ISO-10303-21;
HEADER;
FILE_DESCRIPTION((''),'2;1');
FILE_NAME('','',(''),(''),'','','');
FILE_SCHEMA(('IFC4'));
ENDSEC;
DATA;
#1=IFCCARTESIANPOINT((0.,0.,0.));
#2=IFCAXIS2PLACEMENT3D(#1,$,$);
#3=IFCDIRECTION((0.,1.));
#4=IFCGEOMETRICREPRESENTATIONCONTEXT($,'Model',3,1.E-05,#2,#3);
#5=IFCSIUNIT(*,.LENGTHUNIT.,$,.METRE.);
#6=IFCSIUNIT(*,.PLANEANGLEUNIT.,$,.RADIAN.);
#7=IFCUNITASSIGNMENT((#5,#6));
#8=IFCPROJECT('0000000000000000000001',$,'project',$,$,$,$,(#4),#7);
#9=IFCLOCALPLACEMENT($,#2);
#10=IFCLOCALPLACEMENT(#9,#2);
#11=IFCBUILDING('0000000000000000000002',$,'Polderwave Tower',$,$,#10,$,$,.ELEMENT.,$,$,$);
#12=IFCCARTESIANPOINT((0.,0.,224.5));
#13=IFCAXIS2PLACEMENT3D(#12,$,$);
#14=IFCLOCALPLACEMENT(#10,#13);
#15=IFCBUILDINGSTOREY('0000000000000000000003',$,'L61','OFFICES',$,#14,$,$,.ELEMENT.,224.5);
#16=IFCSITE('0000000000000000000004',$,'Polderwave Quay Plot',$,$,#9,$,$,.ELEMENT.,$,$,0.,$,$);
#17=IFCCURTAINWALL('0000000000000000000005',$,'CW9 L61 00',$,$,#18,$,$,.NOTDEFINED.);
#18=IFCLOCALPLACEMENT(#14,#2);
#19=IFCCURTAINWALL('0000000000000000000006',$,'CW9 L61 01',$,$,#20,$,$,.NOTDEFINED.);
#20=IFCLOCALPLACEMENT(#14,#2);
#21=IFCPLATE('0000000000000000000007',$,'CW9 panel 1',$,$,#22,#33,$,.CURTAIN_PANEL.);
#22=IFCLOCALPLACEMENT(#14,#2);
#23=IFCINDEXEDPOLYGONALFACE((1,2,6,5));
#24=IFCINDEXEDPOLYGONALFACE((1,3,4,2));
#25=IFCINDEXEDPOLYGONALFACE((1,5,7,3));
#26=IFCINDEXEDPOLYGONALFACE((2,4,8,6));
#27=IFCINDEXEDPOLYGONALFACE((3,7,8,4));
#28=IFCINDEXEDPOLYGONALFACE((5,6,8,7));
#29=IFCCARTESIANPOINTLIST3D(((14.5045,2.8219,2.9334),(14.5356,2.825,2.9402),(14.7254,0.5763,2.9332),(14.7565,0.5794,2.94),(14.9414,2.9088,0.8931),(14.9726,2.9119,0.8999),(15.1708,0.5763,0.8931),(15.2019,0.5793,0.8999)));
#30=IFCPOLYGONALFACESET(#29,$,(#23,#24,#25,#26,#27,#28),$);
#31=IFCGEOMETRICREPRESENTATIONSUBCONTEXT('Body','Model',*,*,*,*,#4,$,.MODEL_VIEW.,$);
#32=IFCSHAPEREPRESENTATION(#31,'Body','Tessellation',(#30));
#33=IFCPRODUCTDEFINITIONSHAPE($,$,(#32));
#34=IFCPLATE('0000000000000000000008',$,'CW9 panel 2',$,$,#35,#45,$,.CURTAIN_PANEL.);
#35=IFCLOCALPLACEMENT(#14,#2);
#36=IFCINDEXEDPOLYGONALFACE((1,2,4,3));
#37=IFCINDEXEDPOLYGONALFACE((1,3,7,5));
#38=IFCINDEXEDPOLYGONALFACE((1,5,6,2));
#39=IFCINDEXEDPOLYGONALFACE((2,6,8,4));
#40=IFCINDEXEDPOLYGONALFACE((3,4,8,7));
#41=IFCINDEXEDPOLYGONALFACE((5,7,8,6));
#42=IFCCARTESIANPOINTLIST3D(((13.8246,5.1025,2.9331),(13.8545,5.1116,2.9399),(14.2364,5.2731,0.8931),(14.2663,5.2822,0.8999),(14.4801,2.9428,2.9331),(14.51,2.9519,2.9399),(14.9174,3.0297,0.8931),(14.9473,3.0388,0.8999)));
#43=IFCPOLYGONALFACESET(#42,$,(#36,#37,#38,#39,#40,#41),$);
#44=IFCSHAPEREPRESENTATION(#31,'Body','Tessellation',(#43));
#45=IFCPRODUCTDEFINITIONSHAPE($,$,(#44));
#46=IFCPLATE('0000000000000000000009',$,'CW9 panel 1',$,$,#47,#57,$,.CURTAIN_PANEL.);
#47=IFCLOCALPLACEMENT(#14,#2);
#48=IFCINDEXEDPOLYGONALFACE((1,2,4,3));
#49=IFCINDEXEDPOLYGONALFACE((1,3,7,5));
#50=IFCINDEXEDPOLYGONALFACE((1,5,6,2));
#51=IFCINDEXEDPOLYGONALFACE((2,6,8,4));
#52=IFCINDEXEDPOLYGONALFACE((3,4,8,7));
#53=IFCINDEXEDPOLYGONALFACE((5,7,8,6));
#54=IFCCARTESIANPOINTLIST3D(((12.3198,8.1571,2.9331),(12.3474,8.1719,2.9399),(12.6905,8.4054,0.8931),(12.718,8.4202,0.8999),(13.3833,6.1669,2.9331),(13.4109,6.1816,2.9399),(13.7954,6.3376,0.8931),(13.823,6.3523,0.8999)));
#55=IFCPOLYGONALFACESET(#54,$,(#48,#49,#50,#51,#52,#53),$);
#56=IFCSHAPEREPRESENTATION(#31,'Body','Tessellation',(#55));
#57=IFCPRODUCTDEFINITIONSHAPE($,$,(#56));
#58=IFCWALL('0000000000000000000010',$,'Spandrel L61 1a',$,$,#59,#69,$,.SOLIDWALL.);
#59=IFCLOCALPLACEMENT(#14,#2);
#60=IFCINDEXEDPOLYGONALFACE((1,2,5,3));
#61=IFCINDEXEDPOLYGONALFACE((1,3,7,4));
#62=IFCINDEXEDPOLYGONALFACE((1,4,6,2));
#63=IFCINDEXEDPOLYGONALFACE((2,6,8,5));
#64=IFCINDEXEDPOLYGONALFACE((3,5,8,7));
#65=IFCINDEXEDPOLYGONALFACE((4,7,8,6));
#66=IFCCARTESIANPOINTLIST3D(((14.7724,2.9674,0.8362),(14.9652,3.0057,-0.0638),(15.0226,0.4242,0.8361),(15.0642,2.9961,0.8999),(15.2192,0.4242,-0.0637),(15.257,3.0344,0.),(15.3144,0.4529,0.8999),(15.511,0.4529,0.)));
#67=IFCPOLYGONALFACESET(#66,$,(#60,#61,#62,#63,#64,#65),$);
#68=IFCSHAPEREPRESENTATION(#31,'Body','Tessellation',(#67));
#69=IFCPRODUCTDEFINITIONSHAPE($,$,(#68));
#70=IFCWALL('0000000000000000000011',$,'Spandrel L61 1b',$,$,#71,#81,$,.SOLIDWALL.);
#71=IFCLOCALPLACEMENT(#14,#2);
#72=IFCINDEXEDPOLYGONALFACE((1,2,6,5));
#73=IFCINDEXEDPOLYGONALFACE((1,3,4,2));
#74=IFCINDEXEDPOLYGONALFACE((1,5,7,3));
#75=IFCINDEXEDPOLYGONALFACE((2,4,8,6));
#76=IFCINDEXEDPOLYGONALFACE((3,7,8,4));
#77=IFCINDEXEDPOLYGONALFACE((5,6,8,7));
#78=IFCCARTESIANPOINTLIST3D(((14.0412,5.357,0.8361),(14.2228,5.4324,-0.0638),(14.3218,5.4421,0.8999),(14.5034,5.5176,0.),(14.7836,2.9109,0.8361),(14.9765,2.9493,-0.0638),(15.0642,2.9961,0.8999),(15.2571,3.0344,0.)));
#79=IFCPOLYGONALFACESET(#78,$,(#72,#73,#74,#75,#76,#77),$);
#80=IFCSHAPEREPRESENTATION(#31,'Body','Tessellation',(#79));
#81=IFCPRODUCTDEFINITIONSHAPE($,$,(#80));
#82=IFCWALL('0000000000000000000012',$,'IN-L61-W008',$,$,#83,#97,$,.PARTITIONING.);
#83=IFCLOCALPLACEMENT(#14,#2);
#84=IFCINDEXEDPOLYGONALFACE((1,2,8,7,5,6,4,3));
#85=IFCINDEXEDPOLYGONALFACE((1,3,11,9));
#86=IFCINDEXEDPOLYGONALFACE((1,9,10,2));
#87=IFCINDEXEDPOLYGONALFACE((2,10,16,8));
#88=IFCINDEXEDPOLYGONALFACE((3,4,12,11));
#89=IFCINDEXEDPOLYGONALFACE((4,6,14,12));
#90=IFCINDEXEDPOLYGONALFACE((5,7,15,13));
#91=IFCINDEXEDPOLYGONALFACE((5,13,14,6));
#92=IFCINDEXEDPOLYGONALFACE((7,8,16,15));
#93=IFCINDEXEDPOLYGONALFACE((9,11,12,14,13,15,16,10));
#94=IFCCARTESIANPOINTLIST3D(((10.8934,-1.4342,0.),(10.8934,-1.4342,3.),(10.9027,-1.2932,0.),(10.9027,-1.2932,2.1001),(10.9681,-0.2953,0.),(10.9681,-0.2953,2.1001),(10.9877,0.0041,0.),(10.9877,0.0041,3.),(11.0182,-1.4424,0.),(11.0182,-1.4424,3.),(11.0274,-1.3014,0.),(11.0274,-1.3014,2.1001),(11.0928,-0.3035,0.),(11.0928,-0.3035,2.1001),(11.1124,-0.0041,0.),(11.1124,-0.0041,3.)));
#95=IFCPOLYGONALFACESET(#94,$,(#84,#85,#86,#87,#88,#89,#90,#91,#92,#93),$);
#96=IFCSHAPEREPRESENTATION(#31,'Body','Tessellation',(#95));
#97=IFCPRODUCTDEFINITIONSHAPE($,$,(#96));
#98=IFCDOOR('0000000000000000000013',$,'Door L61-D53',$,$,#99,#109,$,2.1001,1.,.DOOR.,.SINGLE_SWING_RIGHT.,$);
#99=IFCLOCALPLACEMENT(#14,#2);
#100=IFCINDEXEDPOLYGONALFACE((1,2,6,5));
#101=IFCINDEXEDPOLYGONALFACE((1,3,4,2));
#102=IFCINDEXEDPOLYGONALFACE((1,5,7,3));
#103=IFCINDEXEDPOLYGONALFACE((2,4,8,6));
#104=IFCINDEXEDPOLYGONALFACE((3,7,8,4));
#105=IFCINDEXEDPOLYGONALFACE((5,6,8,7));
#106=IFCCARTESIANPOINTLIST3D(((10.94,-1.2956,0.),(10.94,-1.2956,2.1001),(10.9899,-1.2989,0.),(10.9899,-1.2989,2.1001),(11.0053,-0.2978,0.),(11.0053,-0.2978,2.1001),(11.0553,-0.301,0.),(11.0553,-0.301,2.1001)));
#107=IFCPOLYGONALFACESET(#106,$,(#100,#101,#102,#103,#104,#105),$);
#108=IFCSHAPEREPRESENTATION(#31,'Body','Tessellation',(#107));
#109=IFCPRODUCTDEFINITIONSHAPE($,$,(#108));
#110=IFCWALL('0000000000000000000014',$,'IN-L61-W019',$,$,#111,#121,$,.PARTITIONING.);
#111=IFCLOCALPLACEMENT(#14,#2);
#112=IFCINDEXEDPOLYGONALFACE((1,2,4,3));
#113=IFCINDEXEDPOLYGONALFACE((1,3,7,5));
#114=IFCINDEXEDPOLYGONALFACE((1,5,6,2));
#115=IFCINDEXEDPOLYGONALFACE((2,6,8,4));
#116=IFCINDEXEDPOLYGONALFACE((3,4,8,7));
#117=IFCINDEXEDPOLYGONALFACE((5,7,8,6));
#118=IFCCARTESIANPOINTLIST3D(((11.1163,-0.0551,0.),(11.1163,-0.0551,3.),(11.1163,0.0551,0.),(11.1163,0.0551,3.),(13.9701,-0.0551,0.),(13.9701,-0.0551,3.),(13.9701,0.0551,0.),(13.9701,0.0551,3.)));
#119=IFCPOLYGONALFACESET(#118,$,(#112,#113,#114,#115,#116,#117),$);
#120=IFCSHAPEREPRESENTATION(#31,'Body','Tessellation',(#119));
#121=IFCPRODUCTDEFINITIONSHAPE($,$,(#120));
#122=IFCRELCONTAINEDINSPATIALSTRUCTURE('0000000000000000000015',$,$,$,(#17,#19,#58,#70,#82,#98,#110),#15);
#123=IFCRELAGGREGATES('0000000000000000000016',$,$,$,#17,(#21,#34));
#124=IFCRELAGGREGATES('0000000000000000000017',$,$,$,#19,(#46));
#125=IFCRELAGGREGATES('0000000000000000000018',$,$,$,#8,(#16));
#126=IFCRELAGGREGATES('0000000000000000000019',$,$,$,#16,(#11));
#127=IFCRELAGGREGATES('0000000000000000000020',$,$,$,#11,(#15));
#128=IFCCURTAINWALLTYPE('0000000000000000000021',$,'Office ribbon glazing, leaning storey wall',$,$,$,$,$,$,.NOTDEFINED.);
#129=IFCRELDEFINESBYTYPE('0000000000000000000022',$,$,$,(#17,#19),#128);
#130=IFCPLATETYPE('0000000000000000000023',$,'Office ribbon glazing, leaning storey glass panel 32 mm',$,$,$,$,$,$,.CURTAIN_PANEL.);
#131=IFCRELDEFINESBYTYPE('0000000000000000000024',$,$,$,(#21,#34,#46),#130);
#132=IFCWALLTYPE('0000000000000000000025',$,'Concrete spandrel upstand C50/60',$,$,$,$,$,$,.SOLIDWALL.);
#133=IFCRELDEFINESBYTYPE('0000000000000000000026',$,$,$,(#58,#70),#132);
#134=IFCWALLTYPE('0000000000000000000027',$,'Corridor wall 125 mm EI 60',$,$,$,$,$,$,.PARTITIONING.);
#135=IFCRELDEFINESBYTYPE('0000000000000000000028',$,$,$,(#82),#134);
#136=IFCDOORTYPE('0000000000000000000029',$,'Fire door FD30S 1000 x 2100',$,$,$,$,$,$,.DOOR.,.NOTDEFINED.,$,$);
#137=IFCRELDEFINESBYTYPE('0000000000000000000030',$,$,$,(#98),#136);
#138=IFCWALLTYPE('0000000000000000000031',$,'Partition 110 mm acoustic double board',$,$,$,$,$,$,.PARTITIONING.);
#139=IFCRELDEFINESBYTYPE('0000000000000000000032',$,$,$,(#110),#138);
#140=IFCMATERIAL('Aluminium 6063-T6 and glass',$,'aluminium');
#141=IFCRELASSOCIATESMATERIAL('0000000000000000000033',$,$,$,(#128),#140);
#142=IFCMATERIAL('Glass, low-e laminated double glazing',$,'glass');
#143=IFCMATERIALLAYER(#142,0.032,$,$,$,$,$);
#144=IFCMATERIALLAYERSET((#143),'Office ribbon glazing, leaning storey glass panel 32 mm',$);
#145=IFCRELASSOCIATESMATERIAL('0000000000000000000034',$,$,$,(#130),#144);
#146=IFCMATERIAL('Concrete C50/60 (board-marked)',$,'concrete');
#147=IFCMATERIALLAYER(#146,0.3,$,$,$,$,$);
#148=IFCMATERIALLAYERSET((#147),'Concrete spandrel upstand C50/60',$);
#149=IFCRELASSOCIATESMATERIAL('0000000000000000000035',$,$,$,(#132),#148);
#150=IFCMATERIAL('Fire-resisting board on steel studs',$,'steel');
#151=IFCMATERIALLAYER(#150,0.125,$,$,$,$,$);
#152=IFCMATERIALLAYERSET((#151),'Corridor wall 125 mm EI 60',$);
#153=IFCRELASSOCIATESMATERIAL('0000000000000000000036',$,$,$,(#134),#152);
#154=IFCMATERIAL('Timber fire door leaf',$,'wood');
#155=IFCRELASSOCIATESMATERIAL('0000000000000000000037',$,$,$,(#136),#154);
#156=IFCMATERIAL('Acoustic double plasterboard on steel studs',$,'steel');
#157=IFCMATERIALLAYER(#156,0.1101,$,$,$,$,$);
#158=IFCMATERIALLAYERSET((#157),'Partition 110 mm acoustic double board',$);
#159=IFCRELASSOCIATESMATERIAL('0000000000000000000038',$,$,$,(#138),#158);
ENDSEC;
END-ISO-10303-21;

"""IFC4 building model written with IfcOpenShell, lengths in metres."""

from ifc_helpers import new_model, si_unit, direction, frame, frame_2d, origin, place, context, subcontext, project, spatial, polyline, rectangle, outline, extrude, material, layer, layer_set, type_object, element, fill, aggregate, save


model = new_model("IFC4")

# Units and contexts
model_context = context("Model", 3, precision=1e-05, world=origin(), true_north=direction((0.0, 1.0)))
body_context = subcontext(model_context, "Body", "Model", "MODEL_VIEW")
ifc_project = project(units=[si_unit("LENGTHUNIT", "METRE"), si_unit("PLANEANGLEUNIT", "RADIAN")], contexts=[model_context])

# Site, building, storey
site_placement = place(None, origin())
site = spatial("IfcSite", under=ifc_project, at=site_placement, Name="Polderwave Quay Plot", CompositionType="ELEMENT", RefElevation=0.0)
building_placement = place(site_placement, origin())
building = spatial("IfcBuilding", under=site, at=building_placement, Name="Polderwave Tower", CompositionType="ELEMENT")
storey_placement = place(building_placement, frame((0.0, 0.0, 224.5)))
storey = spatial("IfcBuildingStorey", under=building, at=storey_placement, Name="L61", Description="OFFICES", CompositionType="ELEMENT", Elevation=224.5)

# Curtain wall
ifc_material_1 = material(Name="Aluminium 6063-T6 and glass", Category="aluminium")
curtain_wall_type = type_object("IfcCurtainWallType", Name="Office ribbon glazing, leaning storey wall", PredefinedType="NOTDEFINED", material=ifc_material_1)
curtain_wall_1_placement = place(storey_placement, origin())
curtain_wall_1 = element("IfcCurtainWall", 1, at=curtain_wall_1_placement, inside=storey, type_object=curtain_wall_type, Name="CW9 L61 00", PredefinedType="NOTDEFINED")

# Curtain wall
curtain_wall_2_placement = place(storey_placement, origin())
curtain_wall_2 = element("IfcCurtainWall", 2, at=curtain_wall_2_placement, inside=storey, type_object=curtain_wall_type, Name="CW9 L61 01", PredefinedType="NOTDEFINED")

# Plates
ifc_material_2 = material(Name="Glass, low-e laminated double glazing", Category="glass")
ifc_layer_1 = layer(ifc_material_2, 0.032)
ifc_layer_set_1 = layer_set([ifc_layer_1], Name="Office ribbon glazing, leaning storey glass panel 32 mm")
plate_type = type_object("IfcPlateType", Name="Office ribbon glazing, leaning storey glass panel 32 mm", PredefinedType="CURTAIN_PANEL", material=ifc_layer_set_1)
plate_1_placement = place(storey_placement, frame((15.2019, 0.5793, 0.8999), z_axis=(0.972508, 0.095621, 0.212331), x_axis=(-0.097855, 0.995201, 0.000013)))
plate_1 = element("IfcPlate", 3, at=plate_1_placement, type_object=plate_type, Name="CW9 panel 1", PredefinedType="CURTAIN_PANEL", context=body_context, shape_type="SweptSolid", body=[
    extrude(outline(polyline([(0.0, 0.0), (2.3438, 0.0), (2.3001, 2.0879), (0.0436, 2.0877), (0.0, 0.0)])), origin(), (0.0, 0.0, -1.0), 0.032),
])
plate_2_placement = place(storey_placement, frame((14.9473, 3.0388, 0.8999), z_axis=(0.935037, 0.283803, 0.21251), x_axis=(-0.290437, 0.956894, -0.000001)))
plate_2 = element("IfcPlate", 4, at=plate_2_placement, type_object=plate_type, Name="CW9 panel 2", PredefinedType="CURTAIN_PANEL", context=body_context, shape_type="SweptSolid", body=[
    extrude(outline(polyline([(0.0, 0.0), (2.3445, 0.0), (2.3008, 2.0877), (0.0438, 2.0877), (0.0, 0.0)])), origin(), (0.0, 0.0, -1.0), 0.032),
])
aggregate(curtain_wall_1, [plate_1, plate_2])
plate_3_placement = place(storey_placement, frame((13.823, 6.3523, 0.8999), z_axis=(0.861814, 0.460512, 0.212615), x_axis=(-0.471288, 0.88198, 0.000001)))
plate_3 = element("IfcPlate", 5, at=plate_3_placement, type_object=plate_type, Name="CW9 panel 1", PredefinedType="CURTAIN_PANEL", context=body_context, shape_type="SweptSolid", body=[
    extrude(outline(polyline([(0.0, 0.0), (2.3446, 0.0), (2.3003, 2.0878), (0.0437, 2.0878), (0.0, 0.0)])), origin(), (0.0, 0.0, -1.0), 0.032),
])
aggregate(curtain_wall_2, [plate_3])

# Walls
ifc_material_3 = material(Name="Concrete C50/60 (board-marked)", Category="concrete")
ifc_layer_2 = layer(ifc_material_3, 0.3)
ifc_layer_set_2 = layer_set([ifc_layer_2], Name="Concrete spandrel upstand C50/60")
wall_type_1 = type_object("IfcWallType", Name="Concrete spandrel upstand C50/60", PredefinedType="SOLIDWALL", material=ifc_layer_set_2)
wall_1_placement = place(storey_placement, frame((15.511, 0.4529, 0.0), z_axis=(0.972479, 0.095668, 0.212442), x_axis=(-0.097902, 0.995196, -0.000004)))
element("IfcWall", 6, at=wall_1_placement, inside=storey, type_object=wall_type_1, Name="Spandrel L61 1a", PredefinedType="SOLIDWALL", context=body_context, shape_type="SweptSolid", body=[
    extrude(outline(polyline([(0.0, 0.0), (2.594, 0.0), (2.5747, 0.9209), (0.0192, 0.9209), (0.0, 0.0)])), origin(), (0.0, 0.0, -1.0), 0.3),
])
wall_2_placement = place(storey_placement, frame((15.2571, 3.0344, 0.0), z_axis=(0.935039, 0.2838, 0.212507), x_axis=(-0.290433, 0.956895, -0.000001)))
element("IfcWall", 7, at=wall_2_placement, inside=storey, type_object=wall_type_1, Name="Spandrel L61 1b", PredefinedType="SOLIDWALL", context=body_context, shape_type="SweptSolid", body=[
    extrude(outline(polyline([(0.0, 0.0), (2.595, 0.0), (2.5756, 0.9209), (0.0193, 0.9209), (0.0, 0.0)])), origin(), (0.0, 0.0, -1.0), 0.3),
])

# Wall, opening, door
ifc_material_4 = material(Name="Fire-resisting board on steel studs", Category="steel")
ifc_layer_3 = layer(ifc_material_4, 0.125)
ifc_layer_set_3 = layer_set([ifc_layer_3], Name="Corridor wall 125 mm EI 60")
wall_type_2 = type_object("IfcWallType", Name="Corridor wall 125 mm EI 60", PredefinedType="PARTITIONING", material=ifc_layer_set_3)
wall_3_placement = place(storey_placement, frame((11.05, 0.0, 0.0), z_axis=(0.0, 0.0, 1.0), x_axis=(-0.065383, -0.99786, 0.0)))
wall_3 = element("IfcWall", 8, at=wall_3_placement, inside=storey, type_object=wall_type_2, Name="IN-L61-W008", PredefinedType="PARTITIONING", context=body_context, shape_type="SweptSolid", body=[
    extrude(rectangle(XDim=1.4414, YDim=0.125, at=frame_2d((0.7207, 0.0))), origin(), (0.0, 0.0, 1.0), 3.0),
])
opening_placement = place(wall_3_placement, frame((0.3, 0.0, 0.0)))
opening = element("IfcOpeningElement", 9, at=opening_placement, cuts=wall_3, PredefinedType="OPENING", context=body_context, shape_type="SweptSolid", body=[
    extrude(rectangle(XDim=1.0, YDim=2.1001, at=frame_2d((0.5, 1.05))), frame((0.0, 0.0725, 0.0), z_axis=(0.0, -1.0, 0.0), x_axis=(1.0, 0.0, 0.0)), (0.0, 0.0, 1.0), 0.145),
])
ifc_material_5 = material(Name="Timber fire door leaf", Category="wood")
door_type = type_object("IfcDoorType", Name="Fire door FD30S 1000 x 2100", OperationType="NOTDEFINED", PredefinedType="DOOR", material=ifc_material_5)
door_placement = place(opening_placement, origin())
door = element("IfcDoor", 10, at=door_placement, inside=storey, type_object=door_type, Name="Door L61-D53", OperationType="SINGLE_SWING_RIGHT", OverallHeight=2.1001, OverallWidth=1.0, PredefinedType="DOOR", context=body_context, shape_type="SweptSolid", body=[
    extrude(rectangle(XDim=1.0, YDim=2.1001, at=frame_2d((0.5, 1.05))), frame((0.0, 0.0249, 0.0), z_axis=(0.0, -1.0, 0.0), x_axis=(1.0, 0.0, 0.0)), (0.0, 0.0, 1.0), 0.05),
])
fill(opening, door)

# Wall
ifc_material_6 = material(Name="Acoustic double plasterboard on steel studs", Category="steel")
ifc_layer_4 = layer(ifc_material_6, 0.1101)
ifc_layer_set_4 = layer_set([ifc_layer_4], Name="Partition 110 mm acoustic double board")
wall_type_3 = type_object("IfcWallType", Name="Partition 110 mm acoustic double board", PredefinedType="PARTITIONING", material=ifc_layer_set_4)
wall_4_placement = place(storey_placement, frame((13.97, 0.0, 0.0), z_axis=(0.0, 0.0, 1.0), x_axis=(-1.0, 0.0, 0.0)))
element("IfcWall", 11, at=wall_4_placement, inside=storey, type_object=wall_type_3, Name="IN-L61-W019", PredefinedType="PARTITIONING", context=body_context, shape_type="SweptSolid", body=[
    extrude(rectangle(XDim=2.8538, YDim=0.1101, at=frame_2d((1.4268, 0.0))), origin(), (0.0, 0.0, 1.0), 3.0),
])

save(model, "model.ifc")
